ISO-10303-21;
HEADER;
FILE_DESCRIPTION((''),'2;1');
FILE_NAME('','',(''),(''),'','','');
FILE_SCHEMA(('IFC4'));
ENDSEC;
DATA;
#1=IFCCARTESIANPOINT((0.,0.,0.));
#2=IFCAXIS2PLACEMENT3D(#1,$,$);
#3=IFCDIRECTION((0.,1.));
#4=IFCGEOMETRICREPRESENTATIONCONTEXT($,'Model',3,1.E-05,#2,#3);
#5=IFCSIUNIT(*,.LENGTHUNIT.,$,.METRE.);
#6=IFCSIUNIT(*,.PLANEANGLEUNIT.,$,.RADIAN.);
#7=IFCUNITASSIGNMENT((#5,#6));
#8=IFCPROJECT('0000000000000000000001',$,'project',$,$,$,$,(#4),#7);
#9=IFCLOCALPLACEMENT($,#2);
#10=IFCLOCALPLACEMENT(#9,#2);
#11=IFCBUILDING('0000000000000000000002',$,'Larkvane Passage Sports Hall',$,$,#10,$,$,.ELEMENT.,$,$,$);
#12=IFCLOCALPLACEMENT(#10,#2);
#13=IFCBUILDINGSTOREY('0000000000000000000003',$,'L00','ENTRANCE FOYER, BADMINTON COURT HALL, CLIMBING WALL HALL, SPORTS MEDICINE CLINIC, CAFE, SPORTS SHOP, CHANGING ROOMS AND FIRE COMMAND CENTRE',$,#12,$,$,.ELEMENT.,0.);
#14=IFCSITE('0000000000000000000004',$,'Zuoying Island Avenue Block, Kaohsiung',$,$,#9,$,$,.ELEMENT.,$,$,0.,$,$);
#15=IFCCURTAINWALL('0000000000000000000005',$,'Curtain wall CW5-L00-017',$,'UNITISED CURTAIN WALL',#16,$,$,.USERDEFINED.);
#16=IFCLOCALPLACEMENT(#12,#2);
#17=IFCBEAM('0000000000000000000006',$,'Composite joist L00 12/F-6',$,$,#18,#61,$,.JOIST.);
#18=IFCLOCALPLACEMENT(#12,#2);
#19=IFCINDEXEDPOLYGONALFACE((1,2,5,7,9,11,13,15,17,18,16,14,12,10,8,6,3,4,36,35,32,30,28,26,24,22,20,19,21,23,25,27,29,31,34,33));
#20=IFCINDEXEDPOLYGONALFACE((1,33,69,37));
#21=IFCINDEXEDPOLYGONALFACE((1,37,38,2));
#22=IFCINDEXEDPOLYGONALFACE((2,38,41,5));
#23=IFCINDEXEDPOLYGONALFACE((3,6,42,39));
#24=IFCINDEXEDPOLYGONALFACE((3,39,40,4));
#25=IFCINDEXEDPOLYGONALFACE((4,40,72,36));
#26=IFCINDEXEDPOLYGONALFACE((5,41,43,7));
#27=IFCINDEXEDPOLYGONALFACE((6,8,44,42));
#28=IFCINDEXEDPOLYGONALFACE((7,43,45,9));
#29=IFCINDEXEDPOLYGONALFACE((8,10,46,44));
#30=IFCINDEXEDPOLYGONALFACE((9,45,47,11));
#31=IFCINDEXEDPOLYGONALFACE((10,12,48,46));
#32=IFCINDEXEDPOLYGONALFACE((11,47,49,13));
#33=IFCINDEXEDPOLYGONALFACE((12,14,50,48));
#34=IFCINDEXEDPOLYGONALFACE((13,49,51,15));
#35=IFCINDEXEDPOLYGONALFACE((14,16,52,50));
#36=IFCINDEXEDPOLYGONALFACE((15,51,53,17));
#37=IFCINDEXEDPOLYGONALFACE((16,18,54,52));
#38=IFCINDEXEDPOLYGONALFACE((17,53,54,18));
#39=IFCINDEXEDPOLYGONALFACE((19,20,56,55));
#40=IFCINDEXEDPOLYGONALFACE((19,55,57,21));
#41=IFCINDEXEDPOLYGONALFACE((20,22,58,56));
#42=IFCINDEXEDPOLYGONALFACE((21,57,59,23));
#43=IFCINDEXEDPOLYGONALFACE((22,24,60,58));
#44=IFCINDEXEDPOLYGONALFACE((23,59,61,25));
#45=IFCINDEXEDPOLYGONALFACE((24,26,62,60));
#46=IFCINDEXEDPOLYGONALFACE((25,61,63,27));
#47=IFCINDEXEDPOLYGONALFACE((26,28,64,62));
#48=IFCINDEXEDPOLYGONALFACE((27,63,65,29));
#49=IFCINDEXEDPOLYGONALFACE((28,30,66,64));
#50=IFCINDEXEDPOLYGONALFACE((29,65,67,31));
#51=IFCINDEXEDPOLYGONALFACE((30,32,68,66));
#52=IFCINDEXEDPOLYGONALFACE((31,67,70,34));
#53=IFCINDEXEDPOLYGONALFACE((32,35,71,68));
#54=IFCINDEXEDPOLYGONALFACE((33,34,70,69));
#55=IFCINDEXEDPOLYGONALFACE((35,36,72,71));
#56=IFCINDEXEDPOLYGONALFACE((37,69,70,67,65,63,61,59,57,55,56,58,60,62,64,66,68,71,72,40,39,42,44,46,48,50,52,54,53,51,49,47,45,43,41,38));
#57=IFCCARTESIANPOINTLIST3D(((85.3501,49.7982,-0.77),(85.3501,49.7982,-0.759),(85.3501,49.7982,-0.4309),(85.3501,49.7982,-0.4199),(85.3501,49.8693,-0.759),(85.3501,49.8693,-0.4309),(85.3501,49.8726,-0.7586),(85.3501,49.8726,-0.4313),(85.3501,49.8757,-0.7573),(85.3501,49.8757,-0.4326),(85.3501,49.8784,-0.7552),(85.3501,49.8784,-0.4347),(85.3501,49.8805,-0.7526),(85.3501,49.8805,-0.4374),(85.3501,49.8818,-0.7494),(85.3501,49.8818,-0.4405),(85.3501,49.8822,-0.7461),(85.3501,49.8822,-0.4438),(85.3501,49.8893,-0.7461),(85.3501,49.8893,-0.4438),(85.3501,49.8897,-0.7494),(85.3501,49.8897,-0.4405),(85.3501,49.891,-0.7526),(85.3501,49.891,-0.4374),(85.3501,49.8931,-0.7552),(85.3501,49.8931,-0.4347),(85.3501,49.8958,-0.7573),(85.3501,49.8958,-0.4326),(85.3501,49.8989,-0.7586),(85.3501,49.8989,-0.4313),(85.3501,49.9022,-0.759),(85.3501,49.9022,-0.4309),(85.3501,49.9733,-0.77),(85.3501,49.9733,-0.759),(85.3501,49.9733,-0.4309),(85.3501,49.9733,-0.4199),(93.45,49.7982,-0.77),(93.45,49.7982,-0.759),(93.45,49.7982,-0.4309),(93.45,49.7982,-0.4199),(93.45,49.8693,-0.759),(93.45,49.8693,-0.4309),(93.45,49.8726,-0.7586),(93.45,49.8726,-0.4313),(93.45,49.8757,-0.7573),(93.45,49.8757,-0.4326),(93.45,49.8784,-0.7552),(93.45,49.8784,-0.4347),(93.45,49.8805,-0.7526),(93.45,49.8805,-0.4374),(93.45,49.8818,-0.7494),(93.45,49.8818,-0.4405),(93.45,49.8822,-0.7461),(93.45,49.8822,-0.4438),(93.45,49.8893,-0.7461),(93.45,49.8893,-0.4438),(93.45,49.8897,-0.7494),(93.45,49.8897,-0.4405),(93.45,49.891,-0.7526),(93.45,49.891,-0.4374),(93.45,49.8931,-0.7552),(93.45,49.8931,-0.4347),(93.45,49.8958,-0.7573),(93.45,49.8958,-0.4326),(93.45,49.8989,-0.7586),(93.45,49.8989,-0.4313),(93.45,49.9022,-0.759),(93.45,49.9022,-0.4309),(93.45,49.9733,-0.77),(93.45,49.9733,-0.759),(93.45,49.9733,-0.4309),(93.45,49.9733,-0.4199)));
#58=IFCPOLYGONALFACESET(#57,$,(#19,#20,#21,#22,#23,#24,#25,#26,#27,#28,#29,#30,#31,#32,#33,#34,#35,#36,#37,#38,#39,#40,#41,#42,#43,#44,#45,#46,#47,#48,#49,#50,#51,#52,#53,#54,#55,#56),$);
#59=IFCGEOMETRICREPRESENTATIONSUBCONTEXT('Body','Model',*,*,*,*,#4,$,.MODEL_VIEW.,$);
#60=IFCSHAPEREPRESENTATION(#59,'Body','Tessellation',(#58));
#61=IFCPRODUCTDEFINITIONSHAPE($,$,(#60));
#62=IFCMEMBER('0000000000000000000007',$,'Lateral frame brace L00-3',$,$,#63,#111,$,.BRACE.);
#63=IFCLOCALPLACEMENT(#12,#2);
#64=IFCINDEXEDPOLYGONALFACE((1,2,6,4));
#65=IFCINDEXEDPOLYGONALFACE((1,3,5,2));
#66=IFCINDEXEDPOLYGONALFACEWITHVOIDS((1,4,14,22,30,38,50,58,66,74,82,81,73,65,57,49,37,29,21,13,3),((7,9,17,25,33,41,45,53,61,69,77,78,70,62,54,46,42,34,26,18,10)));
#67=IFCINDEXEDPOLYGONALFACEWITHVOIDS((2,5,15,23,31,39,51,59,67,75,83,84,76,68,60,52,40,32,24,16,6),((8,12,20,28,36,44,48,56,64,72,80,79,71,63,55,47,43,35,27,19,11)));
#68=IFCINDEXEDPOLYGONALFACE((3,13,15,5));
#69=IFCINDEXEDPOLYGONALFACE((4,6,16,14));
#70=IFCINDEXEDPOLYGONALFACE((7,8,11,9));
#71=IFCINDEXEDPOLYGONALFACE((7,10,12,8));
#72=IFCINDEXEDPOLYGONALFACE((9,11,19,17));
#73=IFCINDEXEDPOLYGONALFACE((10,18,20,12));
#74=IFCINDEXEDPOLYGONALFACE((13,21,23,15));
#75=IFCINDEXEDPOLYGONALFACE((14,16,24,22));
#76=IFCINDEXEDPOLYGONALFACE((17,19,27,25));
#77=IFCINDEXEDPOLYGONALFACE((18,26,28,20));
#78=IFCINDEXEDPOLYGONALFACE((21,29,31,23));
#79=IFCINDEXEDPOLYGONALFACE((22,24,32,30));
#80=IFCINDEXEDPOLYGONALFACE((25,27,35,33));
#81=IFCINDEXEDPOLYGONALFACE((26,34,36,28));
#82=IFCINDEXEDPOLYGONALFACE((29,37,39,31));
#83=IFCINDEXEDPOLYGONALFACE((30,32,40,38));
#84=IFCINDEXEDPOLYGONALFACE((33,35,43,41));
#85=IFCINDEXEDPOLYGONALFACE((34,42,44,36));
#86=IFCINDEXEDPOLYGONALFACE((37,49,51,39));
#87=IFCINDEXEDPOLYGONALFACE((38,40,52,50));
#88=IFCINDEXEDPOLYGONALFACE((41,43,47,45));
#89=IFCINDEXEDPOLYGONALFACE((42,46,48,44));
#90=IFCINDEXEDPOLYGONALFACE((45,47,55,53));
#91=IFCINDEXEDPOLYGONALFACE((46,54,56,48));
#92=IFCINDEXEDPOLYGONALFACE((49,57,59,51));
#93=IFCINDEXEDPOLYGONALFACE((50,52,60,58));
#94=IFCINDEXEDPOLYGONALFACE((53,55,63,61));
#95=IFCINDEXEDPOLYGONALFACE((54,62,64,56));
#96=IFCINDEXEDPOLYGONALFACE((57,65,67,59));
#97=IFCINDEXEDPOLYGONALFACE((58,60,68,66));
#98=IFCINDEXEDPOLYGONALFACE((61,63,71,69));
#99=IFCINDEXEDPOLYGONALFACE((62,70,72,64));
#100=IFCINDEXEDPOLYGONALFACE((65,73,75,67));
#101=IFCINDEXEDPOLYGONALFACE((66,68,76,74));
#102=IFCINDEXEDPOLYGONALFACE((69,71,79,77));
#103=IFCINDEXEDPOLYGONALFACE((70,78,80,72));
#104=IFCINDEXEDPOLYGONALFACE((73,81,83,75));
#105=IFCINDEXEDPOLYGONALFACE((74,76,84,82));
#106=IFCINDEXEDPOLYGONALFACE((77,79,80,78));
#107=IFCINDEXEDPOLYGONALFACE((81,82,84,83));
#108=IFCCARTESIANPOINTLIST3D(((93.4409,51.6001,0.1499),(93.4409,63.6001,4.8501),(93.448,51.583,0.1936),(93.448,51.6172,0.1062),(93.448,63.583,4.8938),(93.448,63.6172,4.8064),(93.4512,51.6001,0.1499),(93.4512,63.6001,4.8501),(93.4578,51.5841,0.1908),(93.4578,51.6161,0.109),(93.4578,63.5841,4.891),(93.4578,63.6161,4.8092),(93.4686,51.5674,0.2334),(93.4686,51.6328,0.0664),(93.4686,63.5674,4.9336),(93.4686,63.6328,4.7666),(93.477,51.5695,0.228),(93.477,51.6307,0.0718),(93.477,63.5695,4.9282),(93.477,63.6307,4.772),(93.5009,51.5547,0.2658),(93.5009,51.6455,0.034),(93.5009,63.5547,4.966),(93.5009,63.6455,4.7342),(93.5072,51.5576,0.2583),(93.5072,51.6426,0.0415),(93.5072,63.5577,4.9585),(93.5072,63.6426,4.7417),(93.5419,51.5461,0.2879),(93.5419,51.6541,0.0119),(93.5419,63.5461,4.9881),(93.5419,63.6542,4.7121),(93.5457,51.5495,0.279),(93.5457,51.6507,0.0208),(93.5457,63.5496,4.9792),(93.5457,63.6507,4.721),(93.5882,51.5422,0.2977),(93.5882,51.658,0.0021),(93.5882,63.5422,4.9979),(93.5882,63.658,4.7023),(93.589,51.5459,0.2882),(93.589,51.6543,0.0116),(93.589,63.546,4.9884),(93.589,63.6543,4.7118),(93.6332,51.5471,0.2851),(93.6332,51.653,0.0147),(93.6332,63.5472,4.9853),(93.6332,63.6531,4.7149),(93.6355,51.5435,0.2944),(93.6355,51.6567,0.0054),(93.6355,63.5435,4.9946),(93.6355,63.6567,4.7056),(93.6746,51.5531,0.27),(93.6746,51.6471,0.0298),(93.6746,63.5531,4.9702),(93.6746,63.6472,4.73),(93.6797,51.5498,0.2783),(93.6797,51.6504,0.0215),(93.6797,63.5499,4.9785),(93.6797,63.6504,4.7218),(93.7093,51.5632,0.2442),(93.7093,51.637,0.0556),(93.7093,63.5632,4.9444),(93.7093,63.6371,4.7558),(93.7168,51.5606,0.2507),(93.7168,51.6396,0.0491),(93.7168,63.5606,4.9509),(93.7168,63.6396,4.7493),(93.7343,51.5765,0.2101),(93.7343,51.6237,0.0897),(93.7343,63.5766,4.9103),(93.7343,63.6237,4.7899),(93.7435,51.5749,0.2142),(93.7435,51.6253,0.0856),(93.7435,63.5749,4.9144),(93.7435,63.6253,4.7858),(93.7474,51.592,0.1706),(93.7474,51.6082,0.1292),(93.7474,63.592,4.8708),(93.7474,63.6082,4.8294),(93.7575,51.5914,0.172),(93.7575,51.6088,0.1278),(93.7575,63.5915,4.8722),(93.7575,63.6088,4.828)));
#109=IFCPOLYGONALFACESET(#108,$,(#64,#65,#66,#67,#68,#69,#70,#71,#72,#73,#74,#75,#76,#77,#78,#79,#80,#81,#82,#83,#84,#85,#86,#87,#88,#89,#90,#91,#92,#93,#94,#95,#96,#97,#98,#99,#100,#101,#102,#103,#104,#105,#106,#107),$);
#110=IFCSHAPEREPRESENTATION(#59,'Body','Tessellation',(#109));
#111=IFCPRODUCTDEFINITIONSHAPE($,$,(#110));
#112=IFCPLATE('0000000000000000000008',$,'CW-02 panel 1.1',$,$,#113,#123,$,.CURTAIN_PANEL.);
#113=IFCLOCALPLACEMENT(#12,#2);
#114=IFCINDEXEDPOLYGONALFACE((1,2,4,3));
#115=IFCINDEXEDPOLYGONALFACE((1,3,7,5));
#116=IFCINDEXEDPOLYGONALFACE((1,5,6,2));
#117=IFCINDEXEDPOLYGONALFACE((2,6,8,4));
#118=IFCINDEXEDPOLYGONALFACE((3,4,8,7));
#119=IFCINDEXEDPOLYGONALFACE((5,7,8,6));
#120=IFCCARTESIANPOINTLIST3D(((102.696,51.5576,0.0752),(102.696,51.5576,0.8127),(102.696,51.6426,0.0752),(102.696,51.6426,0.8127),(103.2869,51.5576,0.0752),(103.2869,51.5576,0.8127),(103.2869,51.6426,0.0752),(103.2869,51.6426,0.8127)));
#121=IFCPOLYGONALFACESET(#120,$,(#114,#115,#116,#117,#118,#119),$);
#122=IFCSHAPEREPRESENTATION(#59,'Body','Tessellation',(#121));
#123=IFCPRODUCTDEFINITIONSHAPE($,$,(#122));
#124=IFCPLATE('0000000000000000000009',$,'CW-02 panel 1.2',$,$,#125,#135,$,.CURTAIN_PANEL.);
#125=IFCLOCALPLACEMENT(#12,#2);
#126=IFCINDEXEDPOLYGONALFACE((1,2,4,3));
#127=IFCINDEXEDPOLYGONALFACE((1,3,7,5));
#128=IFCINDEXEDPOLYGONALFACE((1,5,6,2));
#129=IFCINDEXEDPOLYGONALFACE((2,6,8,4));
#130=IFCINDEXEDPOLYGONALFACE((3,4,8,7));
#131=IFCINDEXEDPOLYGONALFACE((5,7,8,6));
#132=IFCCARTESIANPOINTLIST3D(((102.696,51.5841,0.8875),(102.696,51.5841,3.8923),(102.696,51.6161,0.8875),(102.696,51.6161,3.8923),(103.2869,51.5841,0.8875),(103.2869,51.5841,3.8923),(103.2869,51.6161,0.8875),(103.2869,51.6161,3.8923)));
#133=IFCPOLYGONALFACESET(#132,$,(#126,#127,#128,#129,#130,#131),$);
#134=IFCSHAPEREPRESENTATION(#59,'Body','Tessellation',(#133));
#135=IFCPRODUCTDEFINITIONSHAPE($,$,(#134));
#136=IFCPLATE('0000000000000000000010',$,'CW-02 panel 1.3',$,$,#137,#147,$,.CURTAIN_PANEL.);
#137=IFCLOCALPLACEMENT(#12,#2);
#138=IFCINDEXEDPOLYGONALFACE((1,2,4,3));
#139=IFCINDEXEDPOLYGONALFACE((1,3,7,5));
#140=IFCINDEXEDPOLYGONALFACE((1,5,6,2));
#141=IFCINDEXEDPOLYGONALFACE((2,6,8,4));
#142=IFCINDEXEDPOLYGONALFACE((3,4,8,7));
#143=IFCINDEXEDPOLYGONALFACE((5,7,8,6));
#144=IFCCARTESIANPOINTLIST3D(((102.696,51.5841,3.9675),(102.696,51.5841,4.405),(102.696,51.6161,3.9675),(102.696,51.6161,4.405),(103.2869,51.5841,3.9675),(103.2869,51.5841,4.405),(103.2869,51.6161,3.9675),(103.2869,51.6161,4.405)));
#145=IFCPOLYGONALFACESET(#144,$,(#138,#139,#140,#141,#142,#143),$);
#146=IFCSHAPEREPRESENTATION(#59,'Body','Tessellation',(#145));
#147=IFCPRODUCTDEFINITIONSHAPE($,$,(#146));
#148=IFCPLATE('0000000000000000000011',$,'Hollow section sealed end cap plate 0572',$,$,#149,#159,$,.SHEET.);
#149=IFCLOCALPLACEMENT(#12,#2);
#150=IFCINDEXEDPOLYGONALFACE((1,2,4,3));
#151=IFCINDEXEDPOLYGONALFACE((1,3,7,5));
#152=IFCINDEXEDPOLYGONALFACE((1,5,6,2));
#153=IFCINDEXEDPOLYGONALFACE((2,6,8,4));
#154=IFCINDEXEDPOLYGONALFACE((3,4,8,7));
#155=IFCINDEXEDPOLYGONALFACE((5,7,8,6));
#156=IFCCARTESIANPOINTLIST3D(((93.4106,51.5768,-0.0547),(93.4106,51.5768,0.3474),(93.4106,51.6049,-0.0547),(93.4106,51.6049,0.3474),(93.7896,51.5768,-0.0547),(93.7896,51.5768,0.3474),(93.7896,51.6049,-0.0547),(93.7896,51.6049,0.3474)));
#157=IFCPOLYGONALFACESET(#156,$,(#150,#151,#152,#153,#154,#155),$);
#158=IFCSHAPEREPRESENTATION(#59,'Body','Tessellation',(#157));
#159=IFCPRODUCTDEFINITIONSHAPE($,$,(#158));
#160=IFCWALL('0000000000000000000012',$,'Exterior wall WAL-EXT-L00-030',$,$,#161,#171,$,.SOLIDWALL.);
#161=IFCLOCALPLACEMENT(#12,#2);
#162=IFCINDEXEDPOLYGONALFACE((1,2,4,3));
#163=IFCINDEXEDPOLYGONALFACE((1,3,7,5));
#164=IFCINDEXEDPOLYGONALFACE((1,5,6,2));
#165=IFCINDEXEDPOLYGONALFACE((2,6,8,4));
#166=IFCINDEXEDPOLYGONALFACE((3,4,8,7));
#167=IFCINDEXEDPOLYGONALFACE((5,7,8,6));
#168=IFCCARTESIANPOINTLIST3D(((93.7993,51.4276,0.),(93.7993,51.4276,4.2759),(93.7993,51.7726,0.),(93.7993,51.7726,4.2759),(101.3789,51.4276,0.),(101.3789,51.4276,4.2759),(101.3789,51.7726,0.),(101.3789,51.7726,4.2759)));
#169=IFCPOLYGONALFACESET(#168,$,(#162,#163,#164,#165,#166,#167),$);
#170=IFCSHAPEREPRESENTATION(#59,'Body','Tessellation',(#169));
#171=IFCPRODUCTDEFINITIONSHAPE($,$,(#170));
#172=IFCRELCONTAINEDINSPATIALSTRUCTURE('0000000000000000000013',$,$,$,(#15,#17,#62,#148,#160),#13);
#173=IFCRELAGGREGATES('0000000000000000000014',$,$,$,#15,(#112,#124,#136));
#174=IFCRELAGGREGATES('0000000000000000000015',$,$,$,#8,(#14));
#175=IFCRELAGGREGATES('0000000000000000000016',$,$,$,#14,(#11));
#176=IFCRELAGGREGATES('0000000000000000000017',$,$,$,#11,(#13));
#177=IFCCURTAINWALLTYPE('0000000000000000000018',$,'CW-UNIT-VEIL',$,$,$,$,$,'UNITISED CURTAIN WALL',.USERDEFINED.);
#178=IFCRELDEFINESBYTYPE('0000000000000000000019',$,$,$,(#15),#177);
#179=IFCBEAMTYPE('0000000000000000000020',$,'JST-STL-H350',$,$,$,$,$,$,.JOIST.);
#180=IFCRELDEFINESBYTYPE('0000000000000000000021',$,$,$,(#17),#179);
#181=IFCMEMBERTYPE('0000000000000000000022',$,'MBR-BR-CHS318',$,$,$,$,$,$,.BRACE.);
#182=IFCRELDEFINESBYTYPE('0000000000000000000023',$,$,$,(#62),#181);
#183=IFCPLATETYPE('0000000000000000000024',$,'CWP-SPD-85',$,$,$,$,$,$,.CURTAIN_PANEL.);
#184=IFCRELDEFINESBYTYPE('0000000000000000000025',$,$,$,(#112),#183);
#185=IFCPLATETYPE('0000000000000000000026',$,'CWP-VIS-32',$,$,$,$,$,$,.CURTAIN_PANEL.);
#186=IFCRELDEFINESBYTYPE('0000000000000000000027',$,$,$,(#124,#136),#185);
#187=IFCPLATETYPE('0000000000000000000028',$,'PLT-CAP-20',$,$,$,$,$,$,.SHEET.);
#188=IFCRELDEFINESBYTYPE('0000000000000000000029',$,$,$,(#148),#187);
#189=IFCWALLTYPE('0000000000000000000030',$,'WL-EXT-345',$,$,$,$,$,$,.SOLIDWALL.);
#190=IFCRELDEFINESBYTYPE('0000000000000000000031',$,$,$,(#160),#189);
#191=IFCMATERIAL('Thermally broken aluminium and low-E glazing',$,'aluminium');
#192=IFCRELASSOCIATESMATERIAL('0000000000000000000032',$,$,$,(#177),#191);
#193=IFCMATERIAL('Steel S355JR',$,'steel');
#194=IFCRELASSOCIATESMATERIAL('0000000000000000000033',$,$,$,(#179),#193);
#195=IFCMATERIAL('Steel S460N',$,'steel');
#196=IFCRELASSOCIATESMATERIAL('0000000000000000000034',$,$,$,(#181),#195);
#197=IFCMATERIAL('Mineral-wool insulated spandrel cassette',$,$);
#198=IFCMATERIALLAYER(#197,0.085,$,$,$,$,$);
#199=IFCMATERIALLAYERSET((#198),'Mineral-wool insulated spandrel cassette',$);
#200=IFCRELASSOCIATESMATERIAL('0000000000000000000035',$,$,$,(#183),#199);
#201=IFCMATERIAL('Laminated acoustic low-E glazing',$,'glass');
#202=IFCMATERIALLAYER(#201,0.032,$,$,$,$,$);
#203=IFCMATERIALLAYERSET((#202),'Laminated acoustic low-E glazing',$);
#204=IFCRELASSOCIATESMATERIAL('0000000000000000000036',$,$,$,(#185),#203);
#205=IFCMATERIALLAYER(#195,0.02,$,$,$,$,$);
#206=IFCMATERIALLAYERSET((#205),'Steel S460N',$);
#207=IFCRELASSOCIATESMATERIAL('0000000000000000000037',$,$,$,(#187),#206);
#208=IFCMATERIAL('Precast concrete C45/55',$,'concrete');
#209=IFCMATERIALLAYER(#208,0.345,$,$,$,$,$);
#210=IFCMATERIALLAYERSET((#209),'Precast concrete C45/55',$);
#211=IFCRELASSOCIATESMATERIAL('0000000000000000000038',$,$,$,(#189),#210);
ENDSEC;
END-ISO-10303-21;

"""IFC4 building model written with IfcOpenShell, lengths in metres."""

from ifc_helpers import new_model, si_unit, direction, frame, frame_2d, origin, origin_2d, place, context, subcontext, project, spatial, rectangle, hollow_circle, i_section, extrude, material, layer, layer_set, material_profile, profile_set, type_object, element, aggregate, save


model = new_model("IFC4")

# Units and contexts
model_context = context("Model", 3, precision=1e-05, world=origin(), true_north=direction((0.0, 1.0)))
body_context = subcontext(model_context, "Body", "Model", "MODEL_VIEW")
ifc_project = project(units=[si_unit("LENGTHUNIT", "METRE"), si_unit("PLANEANGLEUNIT", "RADIAN")], contexts=[model_context])

# Site, building, storey
site_placement = place(None, origin())
site = spatial("IfcSite", under=ifc_project, at=site_placement, Name="Zuoying Island Avenue Block, Kaohsiung", CompositionType="ELEMENT", RefElevation=0.0)
building_placement = place(site_placement, origin())
building = spatial("IfcBuilding", under=site, at=building_placement, Name="Larkvane Passage Sports Hall", CompositionType="ELEMENT")
storey_placement = place(building_placement, origin())
storey = spatial("IfcBuildingStorey", under=building, at=storey_placement, Name="L00", Description="ENTRANCE FOYER, BADMINTON COURT HALL, CLIMBING WALL HALL, SPORTS MEDICINE CLINIC, CAFE, SPORTS SHOP, CHANGING ROOMS AND FIRE COMMAND CENTRE", CompositionType="ELEMENT", Elevation=0.0)

# Shared definitions
ifc_material_1 = material(Name="Steel S355JR", Category="steel")

# Curtain wall
ifc_material_2 = material(Name="Thermally broken aluminium and low-E glazing", Category="aluminium")
curtain_wall_type = type_object("IfcCurtainWallType", Name="CW-UNIT-VEIL", ElementType="UNITISED CURTAIN WALL", PredefinedType="USERDEFINED", material=ifc_material_2)
curtain_wall_placement = place(storey_placement, origin())
curtain_wall = element("IfcCurtainWall", 1, at=curtain_wall_placement, inside=storey, type_object=curtain_wall_type, Name="Curtain wall CW5-L00-017", ObjectType="UNITISED CURTAIN WALL", PredefinedType="USERDEFINED")

# Beam
ifc_material_profile_1 = material_profile(ifc_material_1, i_section(OverallWidth=0.175, OverallDepth=0.3501, WebThickness=0.0071, FlangeThickness=0.011, FilletRadius=0.0129, at=origin_2d()), Name="H-350x175x7x11")
ifc_profile_set_1 = profile_set([ifc_material_profile_1], Name="Steel S355JR")
beam_type_1 = type_object("IfcBeamType", Name="JST-STL-H350", PredefinedType="JOIST", material=ifc_profile_set_1)
beam_1_placement = place(storey_placement, frame((85.3501, 49.8857, -0.595), z_axis=(1.0, 0.0, 0.0), x_axis=(0.0, 1.0, 0.0)))
element("IfcBeam", 2, at=beam_1_placement, inside=storey, type_object=beam_type_1, Name="Composite joist L00 12/F-6", PredefinedType="JOIST", context=body_context, shape_type="SweptSolid", body=[
    extrude(i_section(OverallWidth=0.175, OverallDepth=0.3501, WebThickness=0.0071, FlangeThickness=0.011, FilletRadius=0.0129, at=origin_2d()), origin(), (0.0, 0.0, 1.0), 8.0999),
])

# Member
ifc_material_3 = material(Name="Steel S460N", Category="steel")
ifc_material_profile_2 = material_profile(ifc_material_3, hollow_circle(Radius=0.1592, WallThickness=0.0103, at=origin_2d()), Name="CHS-318.5x10.3")
ifc_profile_set_2 = profile_set([ifc_material_profile_2], Name="Steel S460N")
member_type_1 = type_object("IfcMemberType", Name="MBR-BR-CHS318", PredefinedType="BRACE", material=ifc_profile_set_2)
member_1_placement = place(storey_placement, frame((93.6001, 51.6001, 0.1499), z_axis=(0.0, 0.931123, 0.364705), x_axis=(-1.0, 0.0, 0.0)))
element("IfcMember", 3, at=member_1_placement, inside=storey, type_object=member_type_1, Name="Lateral frame brace L00-3", PredefinedType="BRACE", context=body_context, shape_type="SweptSolid", body=[
    extrude(hollow_circle(Radius=0.1592, WallThickness=0.0103, at=origin_2d()), origin(), (0.0, 0.0, 1.0), 12.8877),
])

# Plates
ifc_material_4 = material(Name="Mineral-wool insulated spandrel cassette")
ifc_layer_1 = layer(ifc_material_4, 0.085)
ifc_layer_set_1 = layer_set([ifc_layer_1], Name="Mineral-wool insulated spandrel cassette")
plate_type_1 = type_object("IfcPlateType", Name="CWP-SPD-85", PredefinedType="CURTAIN_PANEL", material=ifc_layer_set_1)
plate_1_placement = place(storey_placement, frame((102.9915, 51.6001, 0.0752), z_axis=(0.0, 0.0, 1.0), x_axis=(1.0, 0.0, 0.0)))
plate_1 = element("IfcPlate", 4, at=plate_1_placement, type_object=plate_type_1, Name="CW-02 panel 1.1", PredefinedType="CURTAIN_PANEL", context=body_context, shape_type="SweptSolid", body=[
    extrude(rectangle(XDim=0.5908, YDim=0.085, at=origin_2d()), origin(), (0.0, 0.0, 1.0), 0.7375),
])
ifc_material_5 = material(Name="Laminated acoustic low-E glazing", Category="glass")
ifc_layer_2 = layer(ifc_material_5, 0.032)
ifc_layer_set_2 = layer_set([ifc_layer_2], Name="Laminated acoustic low-E glazing")
plate_type_2 = type_object("IfcPlateType", Name="CWP-VIS-32", PredefinedType="CURTAIN_PANEL", material=ifc_layer_set_2)
plate_2_placement = place(storey_placement, frame((102.9915, 51.6001, 0.8875), z_axis=(0.0, 0.0, 1.0), x_axis=(1.0, 0.0, 0.0)))
plate_2 = element("IfcPlate", 5, at=plate_2_placement, type_object=plate_type_2, Name="CW-02 panel 1.2", PredefinedType="CURTAIN_PANEL", context=body_context, shape_type="SweptSolid", body=[
    extrude(rectangle(XDim=0.5908, YDim=0.032, at=origin_2d()), origin(), (0.0, 0.0, 1.0), 3.0049),
])
plate_3_placement = place(storey_placement, frame((102.9915, 51.6001, 3.9675), z_axis=(0.0, 0.0, 1.0), x_axis=(1.0, 0.0, 0.0)))
plate_3 = element("IfcPlate", 6, at=plate_3_placement, type_object=plate_type_2, Name="CW-02 panel 1.3", PredefinedType="CURTAIN_PANEL", context=body_context, shape_type="SweptSolid", body=[
    extrude(rectangle(XDim=0.5908, YDim=0.032, at=origin_2d()), origin(), (0.0, 0.0, 1.0), 0.4375),
])
aggregate(curtain_wall, [plate_1, plate_2, plate_3])
ifc_layer_3 = layer(ifc_material_3, 0.02)
ifc_layer_set_3 = layer_set([ifc_layer_3], Name="Steel S460N")
plate_type_3 = type_object("IfcPlateType", Name="PLT-CAP-20", PredefinedType="SHEET", material=ifc_layer_set_3)
plate_4_placement = place(storey_placement, frame((93.6001, 51.5908, -0.0547), z_axis=(0.0, 0.0, 1.0), x_axis=(-1.0, 0.0, 0.0)))
element("IfcPlate", 7, at=plate_4_placement, inside=storey, type_object=plate_type_3, Name="Hollow section sealed end cap plate 0572", PredefinedType="SHEET", context=body_context, shape_type="SweptSolid", body=[
    extrude(rectangle(XDim=0.3789, YDim=0.0281, at=origin_2d()), origin(), (0.0, 0.0, 1.0), 0.4021),
])

# Wall
ifc_material_6 = material(Name="Precast concrete C45/55", Category="concrete")
ifc_layer_4 = layer(ifc_material_6, 0.345)
ifc_layer_set_4 = layer_set([ifc_layer_4], Name="Precast concrete C45/55")
wall_type_1 = type_object("IfcWallType", Name="WL-EXT-345", PredefinedType="SOLIDWALL", material=ifc_layer_set_4)
wall_1_placement = place(storey_placement, frame((93.7993, 51.6001, 0.0), z_axis=(0.0, 0.0, 1.0), x_axis=(1.0, 0.0, 0.0)))
element("IfcWall", 8, at=wall_1_placement, inside=storey, type_object=wall_type_1, Name="Exterior wall WAL-EXT-L00-030", PredefinedType="SOLIDWALL", context=body_context, shape_type="SweptSolid", body=[
    extrude(rectangle(XDim=7.5796, YDim=0.345, at=frame_2d((3.7898, 0.0))), origin(), (0.0, 0.0, 1.0), 4.2759),
])

save(model, "model.ifc")
